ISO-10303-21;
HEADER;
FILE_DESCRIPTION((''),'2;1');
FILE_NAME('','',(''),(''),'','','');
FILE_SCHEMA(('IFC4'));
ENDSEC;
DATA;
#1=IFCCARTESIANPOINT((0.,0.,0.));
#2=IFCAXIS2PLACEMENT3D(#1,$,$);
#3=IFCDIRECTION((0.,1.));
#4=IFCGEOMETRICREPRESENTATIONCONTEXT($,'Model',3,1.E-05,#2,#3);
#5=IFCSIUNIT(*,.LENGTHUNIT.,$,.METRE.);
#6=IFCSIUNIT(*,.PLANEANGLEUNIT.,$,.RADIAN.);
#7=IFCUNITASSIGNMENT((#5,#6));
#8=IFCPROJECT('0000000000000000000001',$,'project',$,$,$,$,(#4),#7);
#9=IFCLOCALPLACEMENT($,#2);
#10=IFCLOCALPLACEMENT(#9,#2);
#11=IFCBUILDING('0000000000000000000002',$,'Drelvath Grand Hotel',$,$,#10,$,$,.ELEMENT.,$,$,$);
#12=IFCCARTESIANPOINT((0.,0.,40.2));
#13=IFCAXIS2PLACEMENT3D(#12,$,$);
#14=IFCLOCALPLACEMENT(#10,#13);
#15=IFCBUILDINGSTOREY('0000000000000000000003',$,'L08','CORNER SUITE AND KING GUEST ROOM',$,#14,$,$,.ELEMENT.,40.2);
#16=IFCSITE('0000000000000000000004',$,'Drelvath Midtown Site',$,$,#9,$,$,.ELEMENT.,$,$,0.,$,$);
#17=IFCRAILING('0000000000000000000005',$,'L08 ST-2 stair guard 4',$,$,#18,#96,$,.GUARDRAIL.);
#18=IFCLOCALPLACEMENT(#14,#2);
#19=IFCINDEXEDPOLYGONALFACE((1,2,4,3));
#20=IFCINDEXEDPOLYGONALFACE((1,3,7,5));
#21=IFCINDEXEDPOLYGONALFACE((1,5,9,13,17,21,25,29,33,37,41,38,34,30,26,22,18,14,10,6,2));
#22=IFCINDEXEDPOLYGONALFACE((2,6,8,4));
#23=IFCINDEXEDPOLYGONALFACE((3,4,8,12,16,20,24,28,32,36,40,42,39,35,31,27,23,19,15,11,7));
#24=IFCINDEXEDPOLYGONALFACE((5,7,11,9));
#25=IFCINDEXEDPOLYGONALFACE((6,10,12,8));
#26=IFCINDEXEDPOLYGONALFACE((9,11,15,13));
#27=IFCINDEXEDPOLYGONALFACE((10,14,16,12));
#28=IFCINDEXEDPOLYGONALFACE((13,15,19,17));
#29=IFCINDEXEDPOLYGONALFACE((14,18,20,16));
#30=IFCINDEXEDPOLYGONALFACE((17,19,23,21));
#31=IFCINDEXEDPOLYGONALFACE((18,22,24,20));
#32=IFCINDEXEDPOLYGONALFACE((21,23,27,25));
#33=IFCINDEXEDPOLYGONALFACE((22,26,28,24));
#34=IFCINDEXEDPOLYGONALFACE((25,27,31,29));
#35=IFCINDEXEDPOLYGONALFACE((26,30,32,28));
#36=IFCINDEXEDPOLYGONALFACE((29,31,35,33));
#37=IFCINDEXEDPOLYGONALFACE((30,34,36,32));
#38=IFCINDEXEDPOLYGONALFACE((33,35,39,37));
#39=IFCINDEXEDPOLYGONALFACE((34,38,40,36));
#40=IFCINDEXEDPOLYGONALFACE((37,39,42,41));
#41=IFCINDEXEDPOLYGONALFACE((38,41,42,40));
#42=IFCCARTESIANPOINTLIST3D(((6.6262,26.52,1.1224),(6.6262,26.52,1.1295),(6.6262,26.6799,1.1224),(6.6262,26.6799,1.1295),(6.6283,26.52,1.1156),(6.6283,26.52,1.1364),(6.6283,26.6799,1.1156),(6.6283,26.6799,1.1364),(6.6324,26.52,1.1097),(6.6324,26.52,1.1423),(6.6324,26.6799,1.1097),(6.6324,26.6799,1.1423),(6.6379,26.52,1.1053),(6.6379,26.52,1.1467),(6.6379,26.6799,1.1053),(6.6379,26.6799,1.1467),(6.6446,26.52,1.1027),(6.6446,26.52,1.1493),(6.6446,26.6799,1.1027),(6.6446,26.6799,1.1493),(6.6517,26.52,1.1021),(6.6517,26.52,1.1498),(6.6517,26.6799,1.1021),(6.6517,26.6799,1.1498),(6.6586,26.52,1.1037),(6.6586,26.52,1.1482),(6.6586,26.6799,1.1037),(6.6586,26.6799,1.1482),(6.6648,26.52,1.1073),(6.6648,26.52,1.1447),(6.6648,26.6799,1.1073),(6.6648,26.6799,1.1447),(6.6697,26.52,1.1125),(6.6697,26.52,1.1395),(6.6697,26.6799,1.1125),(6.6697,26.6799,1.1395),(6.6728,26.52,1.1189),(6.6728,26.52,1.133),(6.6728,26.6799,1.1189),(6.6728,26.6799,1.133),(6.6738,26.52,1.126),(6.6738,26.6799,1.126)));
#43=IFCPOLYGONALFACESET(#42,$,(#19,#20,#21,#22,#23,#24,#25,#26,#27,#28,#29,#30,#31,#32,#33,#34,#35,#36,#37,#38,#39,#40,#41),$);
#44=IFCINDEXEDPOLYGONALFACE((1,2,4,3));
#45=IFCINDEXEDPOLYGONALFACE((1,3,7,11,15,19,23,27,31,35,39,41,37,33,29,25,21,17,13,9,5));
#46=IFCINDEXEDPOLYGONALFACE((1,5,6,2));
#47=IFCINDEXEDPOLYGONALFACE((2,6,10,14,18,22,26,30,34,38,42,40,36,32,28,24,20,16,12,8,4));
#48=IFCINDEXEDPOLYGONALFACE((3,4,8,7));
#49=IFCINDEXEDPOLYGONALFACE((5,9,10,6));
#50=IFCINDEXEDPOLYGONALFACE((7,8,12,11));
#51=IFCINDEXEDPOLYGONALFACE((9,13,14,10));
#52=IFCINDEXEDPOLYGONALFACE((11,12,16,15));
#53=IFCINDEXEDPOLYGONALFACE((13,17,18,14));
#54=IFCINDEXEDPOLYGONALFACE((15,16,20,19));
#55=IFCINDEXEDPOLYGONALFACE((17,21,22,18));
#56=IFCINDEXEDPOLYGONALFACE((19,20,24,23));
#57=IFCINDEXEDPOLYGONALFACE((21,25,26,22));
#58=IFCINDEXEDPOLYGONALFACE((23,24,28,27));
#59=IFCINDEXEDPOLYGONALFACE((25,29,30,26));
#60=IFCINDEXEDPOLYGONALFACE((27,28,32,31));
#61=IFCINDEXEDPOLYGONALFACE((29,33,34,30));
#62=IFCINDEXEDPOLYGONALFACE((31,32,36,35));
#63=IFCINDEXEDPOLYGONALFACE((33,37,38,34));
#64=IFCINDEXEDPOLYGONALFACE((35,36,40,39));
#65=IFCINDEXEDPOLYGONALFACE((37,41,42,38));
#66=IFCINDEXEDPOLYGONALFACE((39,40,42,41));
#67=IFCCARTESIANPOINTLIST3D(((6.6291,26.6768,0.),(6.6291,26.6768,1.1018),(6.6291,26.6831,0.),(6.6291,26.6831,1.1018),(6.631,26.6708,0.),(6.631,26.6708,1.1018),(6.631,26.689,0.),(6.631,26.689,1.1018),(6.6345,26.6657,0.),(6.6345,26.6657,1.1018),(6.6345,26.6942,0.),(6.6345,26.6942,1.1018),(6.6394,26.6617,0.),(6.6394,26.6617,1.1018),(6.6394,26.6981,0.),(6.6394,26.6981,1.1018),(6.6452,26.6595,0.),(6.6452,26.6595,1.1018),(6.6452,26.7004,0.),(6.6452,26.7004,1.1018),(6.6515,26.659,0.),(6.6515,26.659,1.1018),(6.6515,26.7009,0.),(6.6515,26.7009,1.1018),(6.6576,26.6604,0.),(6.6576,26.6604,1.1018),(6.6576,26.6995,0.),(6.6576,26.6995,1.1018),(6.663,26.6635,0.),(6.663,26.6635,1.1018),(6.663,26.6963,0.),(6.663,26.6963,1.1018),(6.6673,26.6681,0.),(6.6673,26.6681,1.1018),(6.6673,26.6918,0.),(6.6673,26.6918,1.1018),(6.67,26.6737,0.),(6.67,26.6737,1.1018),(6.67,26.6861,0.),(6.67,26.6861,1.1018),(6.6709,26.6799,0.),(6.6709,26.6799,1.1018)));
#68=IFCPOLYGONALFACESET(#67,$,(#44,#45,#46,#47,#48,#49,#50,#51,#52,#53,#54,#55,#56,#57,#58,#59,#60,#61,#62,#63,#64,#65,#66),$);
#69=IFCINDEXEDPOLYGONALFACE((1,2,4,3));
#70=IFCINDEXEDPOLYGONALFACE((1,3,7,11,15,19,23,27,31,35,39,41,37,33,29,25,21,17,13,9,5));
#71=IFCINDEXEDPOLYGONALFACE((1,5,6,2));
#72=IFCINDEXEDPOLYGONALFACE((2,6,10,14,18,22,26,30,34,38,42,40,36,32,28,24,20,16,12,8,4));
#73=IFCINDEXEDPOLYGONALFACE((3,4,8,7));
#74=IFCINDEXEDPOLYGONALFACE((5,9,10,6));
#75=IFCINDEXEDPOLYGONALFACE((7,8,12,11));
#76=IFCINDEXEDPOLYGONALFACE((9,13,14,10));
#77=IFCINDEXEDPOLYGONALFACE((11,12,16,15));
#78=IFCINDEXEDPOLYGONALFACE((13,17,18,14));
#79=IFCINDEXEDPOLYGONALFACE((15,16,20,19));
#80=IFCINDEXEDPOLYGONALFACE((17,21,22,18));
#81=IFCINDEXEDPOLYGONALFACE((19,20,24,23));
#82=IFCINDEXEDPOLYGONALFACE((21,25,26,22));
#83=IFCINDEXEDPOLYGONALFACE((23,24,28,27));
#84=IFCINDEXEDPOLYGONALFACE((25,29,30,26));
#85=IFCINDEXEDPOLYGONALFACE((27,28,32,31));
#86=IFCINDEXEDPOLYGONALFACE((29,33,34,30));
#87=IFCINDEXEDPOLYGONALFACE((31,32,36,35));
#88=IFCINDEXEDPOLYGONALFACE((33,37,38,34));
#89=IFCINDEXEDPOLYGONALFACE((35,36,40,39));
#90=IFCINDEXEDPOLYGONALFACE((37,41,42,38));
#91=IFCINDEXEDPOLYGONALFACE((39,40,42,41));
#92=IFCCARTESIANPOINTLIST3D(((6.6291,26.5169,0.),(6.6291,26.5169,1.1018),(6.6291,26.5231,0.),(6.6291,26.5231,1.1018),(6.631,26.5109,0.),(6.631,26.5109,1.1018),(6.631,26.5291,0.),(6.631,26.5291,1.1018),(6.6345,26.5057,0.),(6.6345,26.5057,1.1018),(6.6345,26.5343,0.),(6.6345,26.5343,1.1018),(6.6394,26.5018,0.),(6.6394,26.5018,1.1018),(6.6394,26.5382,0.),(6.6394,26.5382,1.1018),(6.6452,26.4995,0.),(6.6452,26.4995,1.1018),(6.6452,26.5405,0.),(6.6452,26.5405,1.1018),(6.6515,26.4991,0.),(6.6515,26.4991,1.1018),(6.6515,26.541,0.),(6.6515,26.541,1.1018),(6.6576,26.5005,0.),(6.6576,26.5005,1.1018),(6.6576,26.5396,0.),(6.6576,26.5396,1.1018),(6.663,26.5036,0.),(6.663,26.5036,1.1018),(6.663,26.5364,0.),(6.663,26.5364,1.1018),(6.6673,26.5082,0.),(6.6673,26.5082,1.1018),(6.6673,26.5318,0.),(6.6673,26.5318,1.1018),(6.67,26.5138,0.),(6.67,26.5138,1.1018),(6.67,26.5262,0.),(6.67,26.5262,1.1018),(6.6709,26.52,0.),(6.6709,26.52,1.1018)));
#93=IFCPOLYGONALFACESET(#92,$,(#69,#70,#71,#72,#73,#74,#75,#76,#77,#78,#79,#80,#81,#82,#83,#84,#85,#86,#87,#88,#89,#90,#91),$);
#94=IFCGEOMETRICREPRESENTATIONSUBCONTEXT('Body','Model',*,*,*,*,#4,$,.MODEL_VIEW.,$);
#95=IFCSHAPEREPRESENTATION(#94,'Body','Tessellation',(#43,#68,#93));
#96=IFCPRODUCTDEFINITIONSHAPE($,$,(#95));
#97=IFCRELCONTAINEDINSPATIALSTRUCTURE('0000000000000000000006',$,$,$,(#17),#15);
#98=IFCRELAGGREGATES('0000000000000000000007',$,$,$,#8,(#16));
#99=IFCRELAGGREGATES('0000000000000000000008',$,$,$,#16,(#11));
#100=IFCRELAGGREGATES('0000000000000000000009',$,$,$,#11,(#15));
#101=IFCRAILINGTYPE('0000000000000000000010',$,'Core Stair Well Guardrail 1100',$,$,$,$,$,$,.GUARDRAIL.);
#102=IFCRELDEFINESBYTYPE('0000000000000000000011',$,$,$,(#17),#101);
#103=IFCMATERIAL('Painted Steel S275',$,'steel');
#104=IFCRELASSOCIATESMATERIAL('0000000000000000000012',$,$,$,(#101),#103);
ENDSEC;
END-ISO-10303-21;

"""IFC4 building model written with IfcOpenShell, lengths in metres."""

from ifc_helpers import new_model, si_unit, direction, frame, origin, origin_2d, place, context, subcontext, project, spatial, circle, extrude, material, type_object, element, save


model = new_model("IFC4")

# Units and contexts
model_context = context("Model", 3, precision=1e-05, world=origin(), true_north=direction((0.0, 1.0)))
body_context = subcontext(model_context, "Body", "Model", "MODEL_VIEW")
ifc_project = project(units=[si_unit("LENGTHUNIT", "METRE"), si_unit("PLANEANGLEUNIT", "RADIAN")], contexts=[model_context])

# Site, building, storey
site_placement = place(None, origin())
site = spatial("IfcSite", under=ifc_project, at=site_placement, Name="Drelvath Midtown Site", CompositionType="ELEMENT", RefElevation=0.0)
building_placement = place(site_placement, origin())
building = spatial("IfcBuilding", under=site, at=building_placement, Name="Drelvath Grand Hotel", CompositionType="ELEMENT")
storey_placement = place(building_placement, frame((0.0, 0.0, 40.2)))
storey = spatial("IfcBuildingStorey", under=building, at=storey_placement, Name="L08", Description="CORNER SUITE AND KING GUEST ROOM", CompositionType="ELEMENT", Elevation=40.2)

# Shared definitions
ifc_material_1 = material(Name="Painted Steel S275", Category="steel")

# Railing
railing_type_1 = type_object("IfcRailingType", Name="Core Stair Well Guardrail 1100", PredefinedType="GUARDRAIL", material=ifc_material_1)
railing_1_placement = place(storey_placement, frame((6.6499, 26.6799, 0.0)))
element("IfcRailing", 1, at=railing_1_placement, inside=storey, type_object=railing_type_1, Name="L08 ST-2 stair guard 4", PredefinedType="GUARDRAIL", context=body_context, shape_type="SweptSolid", body=[
    extrude(circle(Radius=0.0239, at=origin_2d()), frame((0.0, 0.0, 1.126), z_axis=(0.0, -1.0, 0.0), x_axis=(1.0, 0.0, 0.0)), (0.0, 0.0, 1.0), 0.1599),
    extrude(circle(Radius=0.021, at=origin_2d()), origin(), (0.0, 0.0, 1.0), 1.1018),
    extrude(circle(Radius=0.021, at=origin_2d()), frame((0.0, -0.1599, 0.0)), (0.0, 0.0, 1.0), 1.1018),
])

save(model, "model.ifc")
